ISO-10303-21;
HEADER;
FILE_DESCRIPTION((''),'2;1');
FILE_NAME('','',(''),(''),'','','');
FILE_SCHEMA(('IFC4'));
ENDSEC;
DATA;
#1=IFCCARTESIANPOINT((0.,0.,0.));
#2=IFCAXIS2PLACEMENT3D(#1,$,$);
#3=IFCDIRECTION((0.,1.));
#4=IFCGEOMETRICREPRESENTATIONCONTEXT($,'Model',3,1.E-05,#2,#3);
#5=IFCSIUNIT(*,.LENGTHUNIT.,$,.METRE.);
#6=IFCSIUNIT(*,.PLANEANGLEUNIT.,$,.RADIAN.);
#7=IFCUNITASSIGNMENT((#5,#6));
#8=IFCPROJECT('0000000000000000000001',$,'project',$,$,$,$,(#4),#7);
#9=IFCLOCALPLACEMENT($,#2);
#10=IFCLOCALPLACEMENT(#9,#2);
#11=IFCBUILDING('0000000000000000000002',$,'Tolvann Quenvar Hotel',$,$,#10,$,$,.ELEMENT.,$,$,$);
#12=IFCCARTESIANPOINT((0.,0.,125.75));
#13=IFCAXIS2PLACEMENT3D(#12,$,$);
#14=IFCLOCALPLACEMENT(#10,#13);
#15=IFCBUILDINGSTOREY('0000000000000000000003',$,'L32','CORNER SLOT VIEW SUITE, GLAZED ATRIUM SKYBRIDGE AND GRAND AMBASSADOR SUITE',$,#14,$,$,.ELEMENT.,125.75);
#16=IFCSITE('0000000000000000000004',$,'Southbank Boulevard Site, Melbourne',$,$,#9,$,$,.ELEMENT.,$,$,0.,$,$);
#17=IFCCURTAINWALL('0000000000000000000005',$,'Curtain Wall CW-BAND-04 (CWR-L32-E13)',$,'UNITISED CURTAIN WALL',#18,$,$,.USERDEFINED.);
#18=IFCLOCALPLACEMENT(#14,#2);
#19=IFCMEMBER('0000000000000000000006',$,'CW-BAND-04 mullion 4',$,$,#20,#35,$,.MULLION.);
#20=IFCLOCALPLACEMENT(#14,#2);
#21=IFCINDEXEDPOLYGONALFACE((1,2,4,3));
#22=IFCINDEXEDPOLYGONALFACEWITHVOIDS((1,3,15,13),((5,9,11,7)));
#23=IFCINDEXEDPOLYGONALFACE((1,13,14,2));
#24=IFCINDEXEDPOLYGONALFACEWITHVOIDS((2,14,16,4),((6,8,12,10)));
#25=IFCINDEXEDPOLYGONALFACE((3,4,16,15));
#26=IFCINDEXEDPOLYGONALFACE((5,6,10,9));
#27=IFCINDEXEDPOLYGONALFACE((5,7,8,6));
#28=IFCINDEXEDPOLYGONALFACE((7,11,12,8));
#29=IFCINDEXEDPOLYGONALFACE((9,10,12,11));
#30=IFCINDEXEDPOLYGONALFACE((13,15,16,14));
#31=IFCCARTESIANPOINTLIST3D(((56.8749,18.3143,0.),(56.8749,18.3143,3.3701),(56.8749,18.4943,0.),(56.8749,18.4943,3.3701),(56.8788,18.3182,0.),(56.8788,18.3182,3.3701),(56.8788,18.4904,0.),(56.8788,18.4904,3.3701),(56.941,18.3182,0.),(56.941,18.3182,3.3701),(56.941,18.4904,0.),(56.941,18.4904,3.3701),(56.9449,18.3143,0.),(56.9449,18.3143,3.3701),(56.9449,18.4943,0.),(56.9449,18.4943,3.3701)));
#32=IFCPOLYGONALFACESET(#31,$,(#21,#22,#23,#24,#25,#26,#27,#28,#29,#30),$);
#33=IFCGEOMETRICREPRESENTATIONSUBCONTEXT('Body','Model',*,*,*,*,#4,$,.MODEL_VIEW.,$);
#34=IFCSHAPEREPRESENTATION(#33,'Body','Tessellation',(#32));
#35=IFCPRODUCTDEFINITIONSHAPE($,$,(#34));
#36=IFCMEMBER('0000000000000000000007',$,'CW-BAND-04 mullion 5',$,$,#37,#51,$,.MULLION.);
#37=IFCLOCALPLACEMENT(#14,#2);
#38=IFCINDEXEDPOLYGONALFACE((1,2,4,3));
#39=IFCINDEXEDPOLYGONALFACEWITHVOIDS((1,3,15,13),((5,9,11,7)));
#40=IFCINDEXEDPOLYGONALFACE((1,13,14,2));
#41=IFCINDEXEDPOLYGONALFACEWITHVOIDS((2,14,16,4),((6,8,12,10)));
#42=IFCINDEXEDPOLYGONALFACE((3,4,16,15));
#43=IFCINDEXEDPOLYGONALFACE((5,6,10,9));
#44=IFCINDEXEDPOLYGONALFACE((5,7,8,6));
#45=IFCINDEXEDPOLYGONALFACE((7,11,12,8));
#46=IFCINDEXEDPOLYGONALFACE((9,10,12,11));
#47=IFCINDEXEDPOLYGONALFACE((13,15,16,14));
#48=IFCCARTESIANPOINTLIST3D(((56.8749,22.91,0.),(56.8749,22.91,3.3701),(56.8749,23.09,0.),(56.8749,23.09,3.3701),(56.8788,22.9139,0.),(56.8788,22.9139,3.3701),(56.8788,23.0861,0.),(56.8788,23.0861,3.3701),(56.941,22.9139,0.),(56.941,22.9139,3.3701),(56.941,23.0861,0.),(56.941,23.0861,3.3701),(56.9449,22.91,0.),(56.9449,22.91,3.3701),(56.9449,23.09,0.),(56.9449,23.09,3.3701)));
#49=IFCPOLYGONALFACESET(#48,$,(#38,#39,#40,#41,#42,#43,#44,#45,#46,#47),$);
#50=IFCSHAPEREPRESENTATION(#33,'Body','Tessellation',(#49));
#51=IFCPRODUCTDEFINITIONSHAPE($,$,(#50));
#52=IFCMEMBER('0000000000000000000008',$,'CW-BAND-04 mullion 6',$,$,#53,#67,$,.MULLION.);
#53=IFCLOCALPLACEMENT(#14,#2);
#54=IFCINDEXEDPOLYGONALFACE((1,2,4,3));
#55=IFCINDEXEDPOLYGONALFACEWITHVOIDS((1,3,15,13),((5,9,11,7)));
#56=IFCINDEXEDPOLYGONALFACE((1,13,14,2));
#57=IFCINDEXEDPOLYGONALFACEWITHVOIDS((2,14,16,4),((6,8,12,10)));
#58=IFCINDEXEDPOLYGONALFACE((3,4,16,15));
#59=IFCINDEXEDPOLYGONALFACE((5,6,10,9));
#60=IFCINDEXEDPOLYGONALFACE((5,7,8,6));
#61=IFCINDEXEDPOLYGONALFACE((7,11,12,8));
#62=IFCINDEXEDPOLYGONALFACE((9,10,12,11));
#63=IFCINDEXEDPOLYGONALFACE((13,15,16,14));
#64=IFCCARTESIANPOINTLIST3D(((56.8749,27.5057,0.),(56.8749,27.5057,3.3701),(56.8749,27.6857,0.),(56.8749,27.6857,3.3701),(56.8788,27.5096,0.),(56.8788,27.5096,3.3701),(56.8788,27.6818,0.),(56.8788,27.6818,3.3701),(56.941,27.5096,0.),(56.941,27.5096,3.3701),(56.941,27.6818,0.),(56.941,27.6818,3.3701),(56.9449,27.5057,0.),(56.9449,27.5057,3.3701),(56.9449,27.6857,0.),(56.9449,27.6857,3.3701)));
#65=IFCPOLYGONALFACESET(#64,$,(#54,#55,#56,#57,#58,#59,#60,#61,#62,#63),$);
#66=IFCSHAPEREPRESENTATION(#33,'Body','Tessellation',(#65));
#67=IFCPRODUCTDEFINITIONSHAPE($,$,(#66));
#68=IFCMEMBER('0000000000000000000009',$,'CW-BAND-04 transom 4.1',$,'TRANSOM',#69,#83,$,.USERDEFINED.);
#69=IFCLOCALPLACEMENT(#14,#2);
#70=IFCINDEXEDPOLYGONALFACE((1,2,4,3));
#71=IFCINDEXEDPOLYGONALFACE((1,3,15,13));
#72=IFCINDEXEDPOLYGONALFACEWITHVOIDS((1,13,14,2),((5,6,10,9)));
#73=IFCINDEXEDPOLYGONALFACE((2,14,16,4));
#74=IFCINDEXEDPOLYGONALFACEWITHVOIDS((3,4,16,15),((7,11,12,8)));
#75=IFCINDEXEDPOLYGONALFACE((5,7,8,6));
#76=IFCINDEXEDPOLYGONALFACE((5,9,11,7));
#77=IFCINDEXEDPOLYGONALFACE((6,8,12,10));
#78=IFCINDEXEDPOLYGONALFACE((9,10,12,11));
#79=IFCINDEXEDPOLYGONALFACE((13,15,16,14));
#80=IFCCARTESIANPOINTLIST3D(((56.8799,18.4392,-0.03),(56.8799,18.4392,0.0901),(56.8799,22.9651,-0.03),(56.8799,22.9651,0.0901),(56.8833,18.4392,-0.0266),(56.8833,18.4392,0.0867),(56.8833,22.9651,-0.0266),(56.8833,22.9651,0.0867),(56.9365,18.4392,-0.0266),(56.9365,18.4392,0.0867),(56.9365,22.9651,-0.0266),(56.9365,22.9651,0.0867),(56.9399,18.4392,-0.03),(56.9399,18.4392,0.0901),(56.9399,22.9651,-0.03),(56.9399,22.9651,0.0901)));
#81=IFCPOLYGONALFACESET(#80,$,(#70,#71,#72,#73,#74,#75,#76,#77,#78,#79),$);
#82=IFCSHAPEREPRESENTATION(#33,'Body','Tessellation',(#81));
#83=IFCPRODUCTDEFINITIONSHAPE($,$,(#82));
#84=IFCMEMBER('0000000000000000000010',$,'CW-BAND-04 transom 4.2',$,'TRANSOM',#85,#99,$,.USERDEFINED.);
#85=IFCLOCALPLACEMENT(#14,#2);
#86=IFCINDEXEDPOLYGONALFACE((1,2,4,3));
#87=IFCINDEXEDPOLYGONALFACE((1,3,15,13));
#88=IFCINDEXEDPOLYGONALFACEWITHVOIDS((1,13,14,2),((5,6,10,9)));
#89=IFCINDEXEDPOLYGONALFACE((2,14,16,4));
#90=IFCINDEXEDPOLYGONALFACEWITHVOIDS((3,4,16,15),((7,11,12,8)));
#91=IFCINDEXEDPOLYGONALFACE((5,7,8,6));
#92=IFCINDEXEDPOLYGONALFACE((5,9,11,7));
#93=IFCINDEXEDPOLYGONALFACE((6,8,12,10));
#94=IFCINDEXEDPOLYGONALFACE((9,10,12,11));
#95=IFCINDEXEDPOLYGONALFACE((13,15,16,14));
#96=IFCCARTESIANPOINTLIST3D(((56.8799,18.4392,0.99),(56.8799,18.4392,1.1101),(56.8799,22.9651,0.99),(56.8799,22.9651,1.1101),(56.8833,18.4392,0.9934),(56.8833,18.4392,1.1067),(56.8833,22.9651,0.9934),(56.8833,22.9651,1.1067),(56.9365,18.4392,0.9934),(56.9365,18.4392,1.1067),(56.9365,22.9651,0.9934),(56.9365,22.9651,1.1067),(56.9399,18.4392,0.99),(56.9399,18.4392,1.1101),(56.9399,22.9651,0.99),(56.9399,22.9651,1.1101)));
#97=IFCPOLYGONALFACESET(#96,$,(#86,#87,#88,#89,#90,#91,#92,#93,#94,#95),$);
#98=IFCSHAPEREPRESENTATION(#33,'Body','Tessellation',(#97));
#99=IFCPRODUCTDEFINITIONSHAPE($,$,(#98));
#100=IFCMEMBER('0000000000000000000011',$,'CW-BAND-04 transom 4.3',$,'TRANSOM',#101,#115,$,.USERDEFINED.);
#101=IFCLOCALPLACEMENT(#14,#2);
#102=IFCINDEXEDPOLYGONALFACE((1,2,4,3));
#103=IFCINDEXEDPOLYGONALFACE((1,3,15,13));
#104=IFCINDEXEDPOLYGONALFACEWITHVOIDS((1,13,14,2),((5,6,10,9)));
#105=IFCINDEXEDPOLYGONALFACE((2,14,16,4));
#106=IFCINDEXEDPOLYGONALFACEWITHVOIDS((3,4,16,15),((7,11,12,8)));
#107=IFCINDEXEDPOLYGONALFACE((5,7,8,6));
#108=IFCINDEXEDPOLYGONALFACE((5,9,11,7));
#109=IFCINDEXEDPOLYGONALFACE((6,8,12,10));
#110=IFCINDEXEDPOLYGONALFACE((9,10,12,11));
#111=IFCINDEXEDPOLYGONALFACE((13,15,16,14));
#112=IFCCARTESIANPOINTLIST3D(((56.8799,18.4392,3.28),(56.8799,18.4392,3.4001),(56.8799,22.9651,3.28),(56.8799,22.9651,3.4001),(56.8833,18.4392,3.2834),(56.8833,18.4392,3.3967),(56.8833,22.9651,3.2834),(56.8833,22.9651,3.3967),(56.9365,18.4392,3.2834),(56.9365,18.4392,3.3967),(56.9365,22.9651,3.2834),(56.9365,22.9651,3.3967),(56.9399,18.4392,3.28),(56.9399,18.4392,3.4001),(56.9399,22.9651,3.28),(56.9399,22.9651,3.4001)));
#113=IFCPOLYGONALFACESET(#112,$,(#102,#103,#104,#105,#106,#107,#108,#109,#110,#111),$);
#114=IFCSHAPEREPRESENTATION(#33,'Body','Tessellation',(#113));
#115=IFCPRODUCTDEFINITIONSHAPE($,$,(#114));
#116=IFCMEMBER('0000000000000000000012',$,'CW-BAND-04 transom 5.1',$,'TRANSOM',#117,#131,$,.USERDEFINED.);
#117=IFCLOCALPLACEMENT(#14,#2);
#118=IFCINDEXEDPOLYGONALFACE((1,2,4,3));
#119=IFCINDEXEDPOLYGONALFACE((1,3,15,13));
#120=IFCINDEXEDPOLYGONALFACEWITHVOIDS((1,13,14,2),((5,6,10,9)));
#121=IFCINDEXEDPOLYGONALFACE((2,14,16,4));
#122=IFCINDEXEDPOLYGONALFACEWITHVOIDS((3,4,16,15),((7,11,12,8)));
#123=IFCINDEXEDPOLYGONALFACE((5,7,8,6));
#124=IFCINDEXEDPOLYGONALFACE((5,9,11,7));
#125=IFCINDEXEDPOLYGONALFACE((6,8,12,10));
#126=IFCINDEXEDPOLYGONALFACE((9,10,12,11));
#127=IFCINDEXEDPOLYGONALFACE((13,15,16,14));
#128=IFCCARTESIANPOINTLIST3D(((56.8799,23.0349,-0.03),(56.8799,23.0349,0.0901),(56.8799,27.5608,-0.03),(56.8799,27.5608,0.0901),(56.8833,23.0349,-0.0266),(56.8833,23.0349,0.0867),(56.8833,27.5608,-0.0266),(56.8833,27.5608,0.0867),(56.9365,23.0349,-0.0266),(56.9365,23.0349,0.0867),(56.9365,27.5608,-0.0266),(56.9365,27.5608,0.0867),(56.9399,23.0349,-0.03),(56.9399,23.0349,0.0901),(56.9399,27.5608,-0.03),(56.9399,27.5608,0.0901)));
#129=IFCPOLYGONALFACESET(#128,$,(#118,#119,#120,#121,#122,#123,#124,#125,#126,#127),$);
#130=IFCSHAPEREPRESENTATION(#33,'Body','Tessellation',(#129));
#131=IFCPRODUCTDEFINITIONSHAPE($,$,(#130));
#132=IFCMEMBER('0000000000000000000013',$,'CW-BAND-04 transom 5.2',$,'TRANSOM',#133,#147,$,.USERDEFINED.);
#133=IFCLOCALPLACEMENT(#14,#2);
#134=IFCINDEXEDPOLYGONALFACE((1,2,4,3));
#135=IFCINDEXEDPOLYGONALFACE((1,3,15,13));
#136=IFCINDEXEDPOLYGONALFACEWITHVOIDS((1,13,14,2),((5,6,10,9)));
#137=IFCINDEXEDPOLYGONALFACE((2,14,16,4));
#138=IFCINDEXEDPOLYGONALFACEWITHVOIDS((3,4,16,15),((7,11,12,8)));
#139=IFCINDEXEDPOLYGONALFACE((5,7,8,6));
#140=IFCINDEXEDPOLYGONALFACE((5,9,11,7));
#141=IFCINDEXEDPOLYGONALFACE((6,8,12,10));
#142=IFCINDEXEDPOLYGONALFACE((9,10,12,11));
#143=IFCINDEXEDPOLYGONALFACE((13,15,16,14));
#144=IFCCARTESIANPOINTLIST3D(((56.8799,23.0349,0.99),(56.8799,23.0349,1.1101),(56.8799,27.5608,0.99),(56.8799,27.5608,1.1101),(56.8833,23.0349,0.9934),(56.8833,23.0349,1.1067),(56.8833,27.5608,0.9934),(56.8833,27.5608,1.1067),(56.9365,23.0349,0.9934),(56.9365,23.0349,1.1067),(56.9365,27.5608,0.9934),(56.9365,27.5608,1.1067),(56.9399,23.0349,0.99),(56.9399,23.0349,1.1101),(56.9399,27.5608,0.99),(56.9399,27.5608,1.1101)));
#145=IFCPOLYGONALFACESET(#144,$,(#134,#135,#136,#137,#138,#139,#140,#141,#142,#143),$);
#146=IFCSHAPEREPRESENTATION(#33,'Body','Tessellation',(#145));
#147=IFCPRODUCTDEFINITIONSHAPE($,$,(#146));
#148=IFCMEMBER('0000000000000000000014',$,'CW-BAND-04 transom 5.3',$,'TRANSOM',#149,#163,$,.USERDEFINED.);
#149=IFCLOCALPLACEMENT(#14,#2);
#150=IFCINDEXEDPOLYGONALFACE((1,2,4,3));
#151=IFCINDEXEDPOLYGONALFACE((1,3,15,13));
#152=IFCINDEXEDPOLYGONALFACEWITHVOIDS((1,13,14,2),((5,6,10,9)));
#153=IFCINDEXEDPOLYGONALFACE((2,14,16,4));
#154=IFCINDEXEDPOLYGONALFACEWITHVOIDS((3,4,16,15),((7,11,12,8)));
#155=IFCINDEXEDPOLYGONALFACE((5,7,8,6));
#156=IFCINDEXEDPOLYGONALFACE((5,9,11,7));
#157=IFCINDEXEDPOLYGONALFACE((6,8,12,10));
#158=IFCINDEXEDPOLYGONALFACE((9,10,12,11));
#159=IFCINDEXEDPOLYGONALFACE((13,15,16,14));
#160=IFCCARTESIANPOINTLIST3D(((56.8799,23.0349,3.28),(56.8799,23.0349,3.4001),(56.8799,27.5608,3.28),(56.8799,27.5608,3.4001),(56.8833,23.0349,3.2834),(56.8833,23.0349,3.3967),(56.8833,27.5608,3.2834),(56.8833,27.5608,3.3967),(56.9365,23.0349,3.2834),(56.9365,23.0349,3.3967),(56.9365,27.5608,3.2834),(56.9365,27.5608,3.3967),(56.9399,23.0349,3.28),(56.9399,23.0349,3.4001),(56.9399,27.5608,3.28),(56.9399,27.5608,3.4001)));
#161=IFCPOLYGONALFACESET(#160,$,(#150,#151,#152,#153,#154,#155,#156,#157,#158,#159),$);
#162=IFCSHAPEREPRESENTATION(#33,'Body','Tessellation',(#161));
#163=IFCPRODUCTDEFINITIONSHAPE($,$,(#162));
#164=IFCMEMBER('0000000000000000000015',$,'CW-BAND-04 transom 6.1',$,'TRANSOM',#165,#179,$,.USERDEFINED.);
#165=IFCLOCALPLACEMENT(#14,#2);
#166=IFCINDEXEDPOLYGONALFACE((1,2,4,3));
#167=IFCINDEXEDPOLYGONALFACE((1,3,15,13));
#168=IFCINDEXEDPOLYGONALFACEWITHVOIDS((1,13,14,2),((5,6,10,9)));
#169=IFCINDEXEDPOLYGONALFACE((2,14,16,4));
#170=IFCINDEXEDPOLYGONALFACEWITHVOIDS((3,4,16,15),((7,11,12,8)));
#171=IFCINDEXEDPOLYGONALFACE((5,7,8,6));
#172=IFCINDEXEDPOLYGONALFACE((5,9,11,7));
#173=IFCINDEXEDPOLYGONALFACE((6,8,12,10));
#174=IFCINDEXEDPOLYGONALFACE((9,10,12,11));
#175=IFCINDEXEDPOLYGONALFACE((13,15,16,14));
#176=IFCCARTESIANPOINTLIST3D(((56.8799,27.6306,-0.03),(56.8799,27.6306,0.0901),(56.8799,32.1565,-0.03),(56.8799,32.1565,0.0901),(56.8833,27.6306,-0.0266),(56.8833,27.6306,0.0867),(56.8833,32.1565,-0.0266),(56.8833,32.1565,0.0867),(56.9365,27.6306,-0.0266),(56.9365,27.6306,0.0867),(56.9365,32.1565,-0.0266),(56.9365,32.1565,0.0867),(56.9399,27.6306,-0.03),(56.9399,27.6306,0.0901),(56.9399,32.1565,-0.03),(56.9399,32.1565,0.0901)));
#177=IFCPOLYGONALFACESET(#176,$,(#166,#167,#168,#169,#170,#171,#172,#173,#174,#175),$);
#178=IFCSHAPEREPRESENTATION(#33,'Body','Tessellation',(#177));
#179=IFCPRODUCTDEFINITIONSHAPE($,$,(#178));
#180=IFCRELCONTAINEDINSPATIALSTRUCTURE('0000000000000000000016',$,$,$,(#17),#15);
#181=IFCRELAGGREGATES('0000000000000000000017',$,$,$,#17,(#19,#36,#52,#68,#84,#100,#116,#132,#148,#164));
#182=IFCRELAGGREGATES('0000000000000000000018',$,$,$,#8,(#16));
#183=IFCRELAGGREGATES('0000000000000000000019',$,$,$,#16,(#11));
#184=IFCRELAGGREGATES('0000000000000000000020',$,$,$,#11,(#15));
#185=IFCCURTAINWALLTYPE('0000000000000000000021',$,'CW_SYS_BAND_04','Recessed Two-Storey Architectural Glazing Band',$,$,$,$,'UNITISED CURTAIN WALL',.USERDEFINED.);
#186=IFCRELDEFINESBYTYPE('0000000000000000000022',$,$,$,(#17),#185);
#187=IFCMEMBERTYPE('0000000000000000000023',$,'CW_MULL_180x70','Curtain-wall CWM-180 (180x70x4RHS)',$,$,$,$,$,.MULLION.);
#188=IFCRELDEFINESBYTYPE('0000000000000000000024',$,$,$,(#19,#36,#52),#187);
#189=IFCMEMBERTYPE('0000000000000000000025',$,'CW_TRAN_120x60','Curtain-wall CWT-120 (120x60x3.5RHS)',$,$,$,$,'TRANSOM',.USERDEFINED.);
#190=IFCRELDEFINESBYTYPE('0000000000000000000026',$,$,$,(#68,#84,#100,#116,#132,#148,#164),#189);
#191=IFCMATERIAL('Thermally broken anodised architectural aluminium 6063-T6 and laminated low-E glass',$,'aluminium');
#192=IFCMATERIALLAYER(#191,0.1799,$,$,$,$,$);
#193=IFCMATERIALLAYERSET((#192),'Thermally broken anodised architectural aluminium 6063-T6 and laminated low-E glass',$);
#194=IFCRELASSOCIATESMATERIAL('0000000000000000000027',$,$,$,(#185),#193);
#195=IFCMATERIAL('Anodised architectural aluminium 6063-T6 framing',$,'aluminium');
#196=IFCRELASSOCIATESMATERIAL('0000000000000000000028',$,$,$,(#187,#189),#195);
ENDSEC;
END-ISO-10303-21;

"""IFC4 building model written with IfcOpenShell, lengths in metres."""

from ifc_helpers import new_model, si_unit, direction, frame, origin, origin_2d, place, context, subcontext, project, spatial, hollow_rectangle, extrude, source, transform, mapped, material, layer, layer_set, material_profile, profile_set, type_object, type_shapes, element, aggregate, save


model = new_model("IFC4")

# Units and contexts
model_context = context("Model", 3, precision=1e-05, world=origin(), true_north=direction((0.0, 1.0)))
body_context = subcontext(model_context, "Body", "Model", "MODEL_VIEW")
ifc_project = project(units=[si_unit("LENGTHUNIT", "METRE"), si_unit("PLANEANGLEUNIT", "RADIAN")], contexts=[model_context])

# Site, building, storey
site_placement = place(None, origin())
site = spatial("IfcSite", under=ifc_project, at=site_placement, Name="Southbank Boulevard Site, Melbourne", CompositionType="ELEMENT", RefElevation=0.0)
building_placement = place(site_placement, origin())
building = spatial("IfcBuilding", under=site, at=building_placement, Name="Tolvann Quenvar Hotel", CompositionType="ELEMENT")
storey_placement = place(building_placement, frame((0.0, 0.0, 125.75)))
storey = spatial("IfcBuildingStorey", under=building, at=storey_placement, Name="L32", Description="CORNER SLOT VIEW SUITE, GLAZED ATRIUM SKYBRIDGE AND GRAND AMBASSADOR SUITE", CompositionType="ELEMENT", Elevation=125.75)

# Curtain wall, members
ifc_material_1 = material(Name="Thermally broken anodised architectural aluminium 6063-T6 and laminated low-E glass", Category="aluminium")
ifc_layer_1 = layer(ifc_material_1, 0.1799)
ifc_layer_set_1 = layer_set([ifc_layer_1], Name="Thermally broken anodised architectural aluminium 6063-T6 and laminated low-E glass")
curtain_wall_type = type_object("IfcCurtainWallType", Name="CW_SYS_BAND_04", Description="Recessed Two-Storey Architectural Glazing Band", ElementType="UNITISED CURTAIN WALL", PredefinedType="USERDEFINED", material=ifc_layer_set_1)
curtain_wall_placement = place(storey_placement, origin())
curtain_wall = element("IfcCurtainWall", 1, at=curtain_wall_placement, inside=storey, type_object=curtain_wall_type, Name="Curtain Wall CW-BAND-04 (CWR-L32-E13)", ObjectType="UNITISED CURTAIN WALL", PredefinedType="USERDEFINED")
ifc_material_2 = material(Name="Anodised architectural aluminium 6063-T6 framing", Category="aluminium")
ifc_material_profile_1 = material_profile(ifc_material_2, hollow_rectangle(XDim=0.0701, YDim=0.1799, WallThickness=0.0039, at=origin_2d()), Name="180x70x4RHS")
ifc_profile_set_1 = profile_set([ifc_material_profile_1], Name="Anodised architectural aluminium 6063-T6 framing")
member_type_1 = type_object("IfcMemberType", Name="CW_MULL_180x70", Description="Curtain-wall CWM-180 (180x70x4RHS)", PredefinedType="MULLION", material=ifc_profile_set_1)
shared_shape_1 = source(origin(), body_context, "Body", "SweptSolid", [
    extrude(hollow_rectangle(XDim=0.0701, YDim=0.1799, WallThickness=0.0039, at=origin_2d()), origin(), (0.0, 0.0, 1.0), 3.3701),
])
type_shapes(member_type_1, [shared_shape_1])
member_1_placement = place(storey_placement, frame((56.9099, 18.4043, 0.0), z_axis=(0.0, 0.0, 1.0), x_axis=(-1.0, 0.0, 0.0)))
member_1 = element("IfcMember", 2, at=member_1_placement, type_object=member_type_1, Name="CW-BAND-04 mullion 4", PredefinedType="MULLION", context=body_context, shape_type="MappedRepresentation", body=[
    mapped(shared_shape_1, transform((0.0, 0.0, 0.0), x_axis=(1.0, 0.0, 0.0), y_axis=(0.0, 1.0, 0.0), z_axis=(0.0, 0.0, 1.0), scale=1.0)),
])
member_2_placement = place(storey_placement, frame((56.9099, 23.0, 0.0), z_axis=(0.0, 0.0, 1.0), x_axis=(-1.0, 0.0, 0.0)))
member_2 = element("IfcMember", 3, at=member_2_placement, type_object=member_type_1, Name="CW-BAND-04 mullion 5", PredefinedType="MULLION", context=body_context, shape_type="MappedRepresentation", body=[
    mapped(shared_shape_1, transform((0.0, 0.0, 0.0), x_axis=(1.0, 0.0, 0.0), y_axis=(0.0, 1.0, 0.0), z_axis=(0.0, 0.0, 1.0), scale=1.0)),
])
member_3_placement = place(storey_placement, frame((56.9099, 27.5957, 0.0), z_axis=(0.0, 0.0, 1.0), x_axis=(-1.0, 0.0, 0.0)))
member_3 = element("IfcMember", 4, at=member_3_placement, type_object=member_type_1, Name="CW-BAND-04 mullion 6", PredefinedType="MULLION", context=body_context, shape_type="MappedRepresentation", body=[
    mapped(shared_shape_1, transform((0.0, 0.0, 0.0), x_axis=(1.0, 0.0, 0.0), y_axis=(0.0, 1.0, 0.0), z_axis=(0.0, 0.0, 1.0), scale=1.0)),
])
ifc_material_profile_2 = material_profile(ifc_material_2, hollow_rectangle(XDim=0.0601, YDim=0.1201, WallThickness=0.0034, at=origin_2d()), Name="120x60x3.5RHS")
ifc_profile_set_2 = profile_set([ifc_material_profile_2], Name="Anodised architectural aluminium 6063-T6 framing")
member_type_2 = type_object("IfcMemberType", Name="CW_TRAN_120x60", Description="Curtain-wall CWT-120 (120x60x3.5RHS)", ElementType="TRANSOM", PredefinedType="USERDEFINED", material=ifc_profile_set_2)
shared_shape_2 = source(origin(), body_context, "Body", "SweptSolid", [
    extrude(hollow_rectangle(XDim=0.0601, YDim=0.1201, WallThickness=0.0034, at=origin_2d()), origin(), (0.0, 0.0, 1.0), 4.5259),
])
type_shapes(member_type_2, [shared_shape_2])
member_4_placement = place(storey_placement, frame((56.9099, 18.4392, 0.03), z_axis=(0.0, 1.0, 0.0), x_axis=(-1.0, 0.0, 0.0)))
member_4 = element("IfcMember", 5, at=member_4_placement, type_object=member_type_2, Name="CW-BAND-04 transom 4.1", ObjectType="TRANSOM", PredefinedType="USERDEFINED", context=body_context, shape_type="MappedRepresentation", body=[
    mapped(shared_shape_2, transform((0.0, 0.0, 0.0), x_axis=(1.0, 0.0, 0.0), y_axis=(0.0, 1.0, 0.0), z_axis=(0.0, 0.0, 1.0), scale=1.0)),
])
member_5_placement = place(storey_placement, frame((56.9099, 18.4392, 1.05), z_axis=(0.0, 1.0, 0.0), x_axis=(-1.0, 0.0, 0.0)))
member_5 = element("IfcMember", 6, at=member_5_placement, type_object=member_type_2, Name="CW-BAND-04 transom 4.2", ObjectType="TRANSOM", PredefinedType="USERDEFINED", context=body_context, shape_type="MappedRepresentation", body=[
    mapped(shared_shape_2, transform((0.0, 0.0, 0.0), x_axis=(1.0, 0.0, 0.0), y_axis=(0.0, 1.0, 0.0), z_axis=(0.0, 0.0, 1.0), scale=1.0)),
])
member_6_placement = place(storey_placement, frame((56.9099, 18.4392, 3.3401), z_axis=(0.0, 1.0, 0.0), x_axis=(-1.0, 0.0, 0.0)))
member_6 = element("IfcMember", 7, at=member_6_placement, type_object=member_type_2, Name="CW-BAND-04 transom 4.3", ObjectType="TRANSOM", PredefinedType="USERDEFINED", context=body_context, shape_type="MappedRepresentation", body=[
    mapped(shared_shape_2, transform((0.0, 0.0, 0.0), x_axis=(1.0, 0.0, 0.0), y_axis=(0.0, 1.0, 0.0), z_axis=(0.0, 0.0, 1.0), scale=1.0)),
])
member_7_placement = place(storey_placement, frame((56.9099, 23.0349, 0.03), z_axis=(0.0, 1.0, 0.0), x_axis=(-1.0, 0.0, 0.0)))
member_7 = element("IfcMember", 8, at=member_7_placement, type_object=member_type_2, Name="CW-BAND-04 transom 5.1", ObjectType="TRANSOM", PredefinedType="USERDEFINED", context=body_context, shape_type="MappedRepresentation", body=[
    mapped(shared_shape_2, transform((0.0, 0.0, 0.0), x_axis=(1.0, 0.0, 0.0), y_axis=(0.0, 1.0, 0.0), z_axis=(0.0, 0.0, 1.0), scale=1.0)),
])
member_8_placement = place(storey_placement, frame((56.9099, 23.0349, 1.05), z_axis=(0.0, 1.0, 0.0), x_axis=(-1.0, 0.0, 0.0)))
member_8 = element("IfcMember", 9, at=member_8_placement, type_object=member_type_2, Name="CW-BAND-04 transom 5.2", ObjectType="TRANSOM", PredefinedType="USERDEFINED", context=body_context, shape_type="MappedRepresentation", body=[
    mapped(shared_shape_2, transform((0.0, 0.0, 0.0), x_axis=(1.0, 0.0, 0.0), y_axis=(0.0, 1.0, 0.0), z_axis=(0.0, 0.0, 1.0), scale=1.0)),
])
member_9_placement = place(storey_placement, frame((56.9099, 23.0349, 3.3401), z_axis=(0.0, 1.0, 0.0), x_axis=(-1.0, 0.0, 0.0)))
member_9 = element("IfcMember", 10, at=member_9_placement, type_object=member_type_2, Name="CW-BAND-04 transom 5.3", ObjectType="TRANSOM", PredefinedType="USERDEFINED", context=body_context, shape_type="MappedRepresentation", body=[
    mapped(shared_shape_2, transform((0.0, 0.0, 0.0), x_axis=(1.0, 0.0, 0.0), y_axis=(0.0, 1.0, 0.0), z_axis=(0.0, 0.0, 1.0), scale=1.0)),
])
member_10_placement = place(storey_placement, frame((56.9099, 27.6306, 0.03), z_axis=(0.0, 1.0, 0.0), x_axis=(-1.0, 0.0, 0.0)))
member_10 = element("IfcMember", 11, at=member_10_placement, type_object=member_type_2, Name="CW-BAND-04 transom 6.1", ObjectType="TRANSOM", PredefinedType="USERDEFINED", context=body_context, shape_type="MappedRepresentation", body=[
    mapped(shared_shape_2, transform((0.0, 0.0, 0.0), x_axis=(1.0, 0.0, 0.0), y_axis=(0.0, 1.0, 0.0), z_axis=(0.0, 0.0, 1.0), scale=1.0)),
])
aggregate(curtain_wall, [member_1, member_2, member_3, member_4, member_5, member_6, member_7, member_8, member_9, member_10])

save(model, "model.ifc")
